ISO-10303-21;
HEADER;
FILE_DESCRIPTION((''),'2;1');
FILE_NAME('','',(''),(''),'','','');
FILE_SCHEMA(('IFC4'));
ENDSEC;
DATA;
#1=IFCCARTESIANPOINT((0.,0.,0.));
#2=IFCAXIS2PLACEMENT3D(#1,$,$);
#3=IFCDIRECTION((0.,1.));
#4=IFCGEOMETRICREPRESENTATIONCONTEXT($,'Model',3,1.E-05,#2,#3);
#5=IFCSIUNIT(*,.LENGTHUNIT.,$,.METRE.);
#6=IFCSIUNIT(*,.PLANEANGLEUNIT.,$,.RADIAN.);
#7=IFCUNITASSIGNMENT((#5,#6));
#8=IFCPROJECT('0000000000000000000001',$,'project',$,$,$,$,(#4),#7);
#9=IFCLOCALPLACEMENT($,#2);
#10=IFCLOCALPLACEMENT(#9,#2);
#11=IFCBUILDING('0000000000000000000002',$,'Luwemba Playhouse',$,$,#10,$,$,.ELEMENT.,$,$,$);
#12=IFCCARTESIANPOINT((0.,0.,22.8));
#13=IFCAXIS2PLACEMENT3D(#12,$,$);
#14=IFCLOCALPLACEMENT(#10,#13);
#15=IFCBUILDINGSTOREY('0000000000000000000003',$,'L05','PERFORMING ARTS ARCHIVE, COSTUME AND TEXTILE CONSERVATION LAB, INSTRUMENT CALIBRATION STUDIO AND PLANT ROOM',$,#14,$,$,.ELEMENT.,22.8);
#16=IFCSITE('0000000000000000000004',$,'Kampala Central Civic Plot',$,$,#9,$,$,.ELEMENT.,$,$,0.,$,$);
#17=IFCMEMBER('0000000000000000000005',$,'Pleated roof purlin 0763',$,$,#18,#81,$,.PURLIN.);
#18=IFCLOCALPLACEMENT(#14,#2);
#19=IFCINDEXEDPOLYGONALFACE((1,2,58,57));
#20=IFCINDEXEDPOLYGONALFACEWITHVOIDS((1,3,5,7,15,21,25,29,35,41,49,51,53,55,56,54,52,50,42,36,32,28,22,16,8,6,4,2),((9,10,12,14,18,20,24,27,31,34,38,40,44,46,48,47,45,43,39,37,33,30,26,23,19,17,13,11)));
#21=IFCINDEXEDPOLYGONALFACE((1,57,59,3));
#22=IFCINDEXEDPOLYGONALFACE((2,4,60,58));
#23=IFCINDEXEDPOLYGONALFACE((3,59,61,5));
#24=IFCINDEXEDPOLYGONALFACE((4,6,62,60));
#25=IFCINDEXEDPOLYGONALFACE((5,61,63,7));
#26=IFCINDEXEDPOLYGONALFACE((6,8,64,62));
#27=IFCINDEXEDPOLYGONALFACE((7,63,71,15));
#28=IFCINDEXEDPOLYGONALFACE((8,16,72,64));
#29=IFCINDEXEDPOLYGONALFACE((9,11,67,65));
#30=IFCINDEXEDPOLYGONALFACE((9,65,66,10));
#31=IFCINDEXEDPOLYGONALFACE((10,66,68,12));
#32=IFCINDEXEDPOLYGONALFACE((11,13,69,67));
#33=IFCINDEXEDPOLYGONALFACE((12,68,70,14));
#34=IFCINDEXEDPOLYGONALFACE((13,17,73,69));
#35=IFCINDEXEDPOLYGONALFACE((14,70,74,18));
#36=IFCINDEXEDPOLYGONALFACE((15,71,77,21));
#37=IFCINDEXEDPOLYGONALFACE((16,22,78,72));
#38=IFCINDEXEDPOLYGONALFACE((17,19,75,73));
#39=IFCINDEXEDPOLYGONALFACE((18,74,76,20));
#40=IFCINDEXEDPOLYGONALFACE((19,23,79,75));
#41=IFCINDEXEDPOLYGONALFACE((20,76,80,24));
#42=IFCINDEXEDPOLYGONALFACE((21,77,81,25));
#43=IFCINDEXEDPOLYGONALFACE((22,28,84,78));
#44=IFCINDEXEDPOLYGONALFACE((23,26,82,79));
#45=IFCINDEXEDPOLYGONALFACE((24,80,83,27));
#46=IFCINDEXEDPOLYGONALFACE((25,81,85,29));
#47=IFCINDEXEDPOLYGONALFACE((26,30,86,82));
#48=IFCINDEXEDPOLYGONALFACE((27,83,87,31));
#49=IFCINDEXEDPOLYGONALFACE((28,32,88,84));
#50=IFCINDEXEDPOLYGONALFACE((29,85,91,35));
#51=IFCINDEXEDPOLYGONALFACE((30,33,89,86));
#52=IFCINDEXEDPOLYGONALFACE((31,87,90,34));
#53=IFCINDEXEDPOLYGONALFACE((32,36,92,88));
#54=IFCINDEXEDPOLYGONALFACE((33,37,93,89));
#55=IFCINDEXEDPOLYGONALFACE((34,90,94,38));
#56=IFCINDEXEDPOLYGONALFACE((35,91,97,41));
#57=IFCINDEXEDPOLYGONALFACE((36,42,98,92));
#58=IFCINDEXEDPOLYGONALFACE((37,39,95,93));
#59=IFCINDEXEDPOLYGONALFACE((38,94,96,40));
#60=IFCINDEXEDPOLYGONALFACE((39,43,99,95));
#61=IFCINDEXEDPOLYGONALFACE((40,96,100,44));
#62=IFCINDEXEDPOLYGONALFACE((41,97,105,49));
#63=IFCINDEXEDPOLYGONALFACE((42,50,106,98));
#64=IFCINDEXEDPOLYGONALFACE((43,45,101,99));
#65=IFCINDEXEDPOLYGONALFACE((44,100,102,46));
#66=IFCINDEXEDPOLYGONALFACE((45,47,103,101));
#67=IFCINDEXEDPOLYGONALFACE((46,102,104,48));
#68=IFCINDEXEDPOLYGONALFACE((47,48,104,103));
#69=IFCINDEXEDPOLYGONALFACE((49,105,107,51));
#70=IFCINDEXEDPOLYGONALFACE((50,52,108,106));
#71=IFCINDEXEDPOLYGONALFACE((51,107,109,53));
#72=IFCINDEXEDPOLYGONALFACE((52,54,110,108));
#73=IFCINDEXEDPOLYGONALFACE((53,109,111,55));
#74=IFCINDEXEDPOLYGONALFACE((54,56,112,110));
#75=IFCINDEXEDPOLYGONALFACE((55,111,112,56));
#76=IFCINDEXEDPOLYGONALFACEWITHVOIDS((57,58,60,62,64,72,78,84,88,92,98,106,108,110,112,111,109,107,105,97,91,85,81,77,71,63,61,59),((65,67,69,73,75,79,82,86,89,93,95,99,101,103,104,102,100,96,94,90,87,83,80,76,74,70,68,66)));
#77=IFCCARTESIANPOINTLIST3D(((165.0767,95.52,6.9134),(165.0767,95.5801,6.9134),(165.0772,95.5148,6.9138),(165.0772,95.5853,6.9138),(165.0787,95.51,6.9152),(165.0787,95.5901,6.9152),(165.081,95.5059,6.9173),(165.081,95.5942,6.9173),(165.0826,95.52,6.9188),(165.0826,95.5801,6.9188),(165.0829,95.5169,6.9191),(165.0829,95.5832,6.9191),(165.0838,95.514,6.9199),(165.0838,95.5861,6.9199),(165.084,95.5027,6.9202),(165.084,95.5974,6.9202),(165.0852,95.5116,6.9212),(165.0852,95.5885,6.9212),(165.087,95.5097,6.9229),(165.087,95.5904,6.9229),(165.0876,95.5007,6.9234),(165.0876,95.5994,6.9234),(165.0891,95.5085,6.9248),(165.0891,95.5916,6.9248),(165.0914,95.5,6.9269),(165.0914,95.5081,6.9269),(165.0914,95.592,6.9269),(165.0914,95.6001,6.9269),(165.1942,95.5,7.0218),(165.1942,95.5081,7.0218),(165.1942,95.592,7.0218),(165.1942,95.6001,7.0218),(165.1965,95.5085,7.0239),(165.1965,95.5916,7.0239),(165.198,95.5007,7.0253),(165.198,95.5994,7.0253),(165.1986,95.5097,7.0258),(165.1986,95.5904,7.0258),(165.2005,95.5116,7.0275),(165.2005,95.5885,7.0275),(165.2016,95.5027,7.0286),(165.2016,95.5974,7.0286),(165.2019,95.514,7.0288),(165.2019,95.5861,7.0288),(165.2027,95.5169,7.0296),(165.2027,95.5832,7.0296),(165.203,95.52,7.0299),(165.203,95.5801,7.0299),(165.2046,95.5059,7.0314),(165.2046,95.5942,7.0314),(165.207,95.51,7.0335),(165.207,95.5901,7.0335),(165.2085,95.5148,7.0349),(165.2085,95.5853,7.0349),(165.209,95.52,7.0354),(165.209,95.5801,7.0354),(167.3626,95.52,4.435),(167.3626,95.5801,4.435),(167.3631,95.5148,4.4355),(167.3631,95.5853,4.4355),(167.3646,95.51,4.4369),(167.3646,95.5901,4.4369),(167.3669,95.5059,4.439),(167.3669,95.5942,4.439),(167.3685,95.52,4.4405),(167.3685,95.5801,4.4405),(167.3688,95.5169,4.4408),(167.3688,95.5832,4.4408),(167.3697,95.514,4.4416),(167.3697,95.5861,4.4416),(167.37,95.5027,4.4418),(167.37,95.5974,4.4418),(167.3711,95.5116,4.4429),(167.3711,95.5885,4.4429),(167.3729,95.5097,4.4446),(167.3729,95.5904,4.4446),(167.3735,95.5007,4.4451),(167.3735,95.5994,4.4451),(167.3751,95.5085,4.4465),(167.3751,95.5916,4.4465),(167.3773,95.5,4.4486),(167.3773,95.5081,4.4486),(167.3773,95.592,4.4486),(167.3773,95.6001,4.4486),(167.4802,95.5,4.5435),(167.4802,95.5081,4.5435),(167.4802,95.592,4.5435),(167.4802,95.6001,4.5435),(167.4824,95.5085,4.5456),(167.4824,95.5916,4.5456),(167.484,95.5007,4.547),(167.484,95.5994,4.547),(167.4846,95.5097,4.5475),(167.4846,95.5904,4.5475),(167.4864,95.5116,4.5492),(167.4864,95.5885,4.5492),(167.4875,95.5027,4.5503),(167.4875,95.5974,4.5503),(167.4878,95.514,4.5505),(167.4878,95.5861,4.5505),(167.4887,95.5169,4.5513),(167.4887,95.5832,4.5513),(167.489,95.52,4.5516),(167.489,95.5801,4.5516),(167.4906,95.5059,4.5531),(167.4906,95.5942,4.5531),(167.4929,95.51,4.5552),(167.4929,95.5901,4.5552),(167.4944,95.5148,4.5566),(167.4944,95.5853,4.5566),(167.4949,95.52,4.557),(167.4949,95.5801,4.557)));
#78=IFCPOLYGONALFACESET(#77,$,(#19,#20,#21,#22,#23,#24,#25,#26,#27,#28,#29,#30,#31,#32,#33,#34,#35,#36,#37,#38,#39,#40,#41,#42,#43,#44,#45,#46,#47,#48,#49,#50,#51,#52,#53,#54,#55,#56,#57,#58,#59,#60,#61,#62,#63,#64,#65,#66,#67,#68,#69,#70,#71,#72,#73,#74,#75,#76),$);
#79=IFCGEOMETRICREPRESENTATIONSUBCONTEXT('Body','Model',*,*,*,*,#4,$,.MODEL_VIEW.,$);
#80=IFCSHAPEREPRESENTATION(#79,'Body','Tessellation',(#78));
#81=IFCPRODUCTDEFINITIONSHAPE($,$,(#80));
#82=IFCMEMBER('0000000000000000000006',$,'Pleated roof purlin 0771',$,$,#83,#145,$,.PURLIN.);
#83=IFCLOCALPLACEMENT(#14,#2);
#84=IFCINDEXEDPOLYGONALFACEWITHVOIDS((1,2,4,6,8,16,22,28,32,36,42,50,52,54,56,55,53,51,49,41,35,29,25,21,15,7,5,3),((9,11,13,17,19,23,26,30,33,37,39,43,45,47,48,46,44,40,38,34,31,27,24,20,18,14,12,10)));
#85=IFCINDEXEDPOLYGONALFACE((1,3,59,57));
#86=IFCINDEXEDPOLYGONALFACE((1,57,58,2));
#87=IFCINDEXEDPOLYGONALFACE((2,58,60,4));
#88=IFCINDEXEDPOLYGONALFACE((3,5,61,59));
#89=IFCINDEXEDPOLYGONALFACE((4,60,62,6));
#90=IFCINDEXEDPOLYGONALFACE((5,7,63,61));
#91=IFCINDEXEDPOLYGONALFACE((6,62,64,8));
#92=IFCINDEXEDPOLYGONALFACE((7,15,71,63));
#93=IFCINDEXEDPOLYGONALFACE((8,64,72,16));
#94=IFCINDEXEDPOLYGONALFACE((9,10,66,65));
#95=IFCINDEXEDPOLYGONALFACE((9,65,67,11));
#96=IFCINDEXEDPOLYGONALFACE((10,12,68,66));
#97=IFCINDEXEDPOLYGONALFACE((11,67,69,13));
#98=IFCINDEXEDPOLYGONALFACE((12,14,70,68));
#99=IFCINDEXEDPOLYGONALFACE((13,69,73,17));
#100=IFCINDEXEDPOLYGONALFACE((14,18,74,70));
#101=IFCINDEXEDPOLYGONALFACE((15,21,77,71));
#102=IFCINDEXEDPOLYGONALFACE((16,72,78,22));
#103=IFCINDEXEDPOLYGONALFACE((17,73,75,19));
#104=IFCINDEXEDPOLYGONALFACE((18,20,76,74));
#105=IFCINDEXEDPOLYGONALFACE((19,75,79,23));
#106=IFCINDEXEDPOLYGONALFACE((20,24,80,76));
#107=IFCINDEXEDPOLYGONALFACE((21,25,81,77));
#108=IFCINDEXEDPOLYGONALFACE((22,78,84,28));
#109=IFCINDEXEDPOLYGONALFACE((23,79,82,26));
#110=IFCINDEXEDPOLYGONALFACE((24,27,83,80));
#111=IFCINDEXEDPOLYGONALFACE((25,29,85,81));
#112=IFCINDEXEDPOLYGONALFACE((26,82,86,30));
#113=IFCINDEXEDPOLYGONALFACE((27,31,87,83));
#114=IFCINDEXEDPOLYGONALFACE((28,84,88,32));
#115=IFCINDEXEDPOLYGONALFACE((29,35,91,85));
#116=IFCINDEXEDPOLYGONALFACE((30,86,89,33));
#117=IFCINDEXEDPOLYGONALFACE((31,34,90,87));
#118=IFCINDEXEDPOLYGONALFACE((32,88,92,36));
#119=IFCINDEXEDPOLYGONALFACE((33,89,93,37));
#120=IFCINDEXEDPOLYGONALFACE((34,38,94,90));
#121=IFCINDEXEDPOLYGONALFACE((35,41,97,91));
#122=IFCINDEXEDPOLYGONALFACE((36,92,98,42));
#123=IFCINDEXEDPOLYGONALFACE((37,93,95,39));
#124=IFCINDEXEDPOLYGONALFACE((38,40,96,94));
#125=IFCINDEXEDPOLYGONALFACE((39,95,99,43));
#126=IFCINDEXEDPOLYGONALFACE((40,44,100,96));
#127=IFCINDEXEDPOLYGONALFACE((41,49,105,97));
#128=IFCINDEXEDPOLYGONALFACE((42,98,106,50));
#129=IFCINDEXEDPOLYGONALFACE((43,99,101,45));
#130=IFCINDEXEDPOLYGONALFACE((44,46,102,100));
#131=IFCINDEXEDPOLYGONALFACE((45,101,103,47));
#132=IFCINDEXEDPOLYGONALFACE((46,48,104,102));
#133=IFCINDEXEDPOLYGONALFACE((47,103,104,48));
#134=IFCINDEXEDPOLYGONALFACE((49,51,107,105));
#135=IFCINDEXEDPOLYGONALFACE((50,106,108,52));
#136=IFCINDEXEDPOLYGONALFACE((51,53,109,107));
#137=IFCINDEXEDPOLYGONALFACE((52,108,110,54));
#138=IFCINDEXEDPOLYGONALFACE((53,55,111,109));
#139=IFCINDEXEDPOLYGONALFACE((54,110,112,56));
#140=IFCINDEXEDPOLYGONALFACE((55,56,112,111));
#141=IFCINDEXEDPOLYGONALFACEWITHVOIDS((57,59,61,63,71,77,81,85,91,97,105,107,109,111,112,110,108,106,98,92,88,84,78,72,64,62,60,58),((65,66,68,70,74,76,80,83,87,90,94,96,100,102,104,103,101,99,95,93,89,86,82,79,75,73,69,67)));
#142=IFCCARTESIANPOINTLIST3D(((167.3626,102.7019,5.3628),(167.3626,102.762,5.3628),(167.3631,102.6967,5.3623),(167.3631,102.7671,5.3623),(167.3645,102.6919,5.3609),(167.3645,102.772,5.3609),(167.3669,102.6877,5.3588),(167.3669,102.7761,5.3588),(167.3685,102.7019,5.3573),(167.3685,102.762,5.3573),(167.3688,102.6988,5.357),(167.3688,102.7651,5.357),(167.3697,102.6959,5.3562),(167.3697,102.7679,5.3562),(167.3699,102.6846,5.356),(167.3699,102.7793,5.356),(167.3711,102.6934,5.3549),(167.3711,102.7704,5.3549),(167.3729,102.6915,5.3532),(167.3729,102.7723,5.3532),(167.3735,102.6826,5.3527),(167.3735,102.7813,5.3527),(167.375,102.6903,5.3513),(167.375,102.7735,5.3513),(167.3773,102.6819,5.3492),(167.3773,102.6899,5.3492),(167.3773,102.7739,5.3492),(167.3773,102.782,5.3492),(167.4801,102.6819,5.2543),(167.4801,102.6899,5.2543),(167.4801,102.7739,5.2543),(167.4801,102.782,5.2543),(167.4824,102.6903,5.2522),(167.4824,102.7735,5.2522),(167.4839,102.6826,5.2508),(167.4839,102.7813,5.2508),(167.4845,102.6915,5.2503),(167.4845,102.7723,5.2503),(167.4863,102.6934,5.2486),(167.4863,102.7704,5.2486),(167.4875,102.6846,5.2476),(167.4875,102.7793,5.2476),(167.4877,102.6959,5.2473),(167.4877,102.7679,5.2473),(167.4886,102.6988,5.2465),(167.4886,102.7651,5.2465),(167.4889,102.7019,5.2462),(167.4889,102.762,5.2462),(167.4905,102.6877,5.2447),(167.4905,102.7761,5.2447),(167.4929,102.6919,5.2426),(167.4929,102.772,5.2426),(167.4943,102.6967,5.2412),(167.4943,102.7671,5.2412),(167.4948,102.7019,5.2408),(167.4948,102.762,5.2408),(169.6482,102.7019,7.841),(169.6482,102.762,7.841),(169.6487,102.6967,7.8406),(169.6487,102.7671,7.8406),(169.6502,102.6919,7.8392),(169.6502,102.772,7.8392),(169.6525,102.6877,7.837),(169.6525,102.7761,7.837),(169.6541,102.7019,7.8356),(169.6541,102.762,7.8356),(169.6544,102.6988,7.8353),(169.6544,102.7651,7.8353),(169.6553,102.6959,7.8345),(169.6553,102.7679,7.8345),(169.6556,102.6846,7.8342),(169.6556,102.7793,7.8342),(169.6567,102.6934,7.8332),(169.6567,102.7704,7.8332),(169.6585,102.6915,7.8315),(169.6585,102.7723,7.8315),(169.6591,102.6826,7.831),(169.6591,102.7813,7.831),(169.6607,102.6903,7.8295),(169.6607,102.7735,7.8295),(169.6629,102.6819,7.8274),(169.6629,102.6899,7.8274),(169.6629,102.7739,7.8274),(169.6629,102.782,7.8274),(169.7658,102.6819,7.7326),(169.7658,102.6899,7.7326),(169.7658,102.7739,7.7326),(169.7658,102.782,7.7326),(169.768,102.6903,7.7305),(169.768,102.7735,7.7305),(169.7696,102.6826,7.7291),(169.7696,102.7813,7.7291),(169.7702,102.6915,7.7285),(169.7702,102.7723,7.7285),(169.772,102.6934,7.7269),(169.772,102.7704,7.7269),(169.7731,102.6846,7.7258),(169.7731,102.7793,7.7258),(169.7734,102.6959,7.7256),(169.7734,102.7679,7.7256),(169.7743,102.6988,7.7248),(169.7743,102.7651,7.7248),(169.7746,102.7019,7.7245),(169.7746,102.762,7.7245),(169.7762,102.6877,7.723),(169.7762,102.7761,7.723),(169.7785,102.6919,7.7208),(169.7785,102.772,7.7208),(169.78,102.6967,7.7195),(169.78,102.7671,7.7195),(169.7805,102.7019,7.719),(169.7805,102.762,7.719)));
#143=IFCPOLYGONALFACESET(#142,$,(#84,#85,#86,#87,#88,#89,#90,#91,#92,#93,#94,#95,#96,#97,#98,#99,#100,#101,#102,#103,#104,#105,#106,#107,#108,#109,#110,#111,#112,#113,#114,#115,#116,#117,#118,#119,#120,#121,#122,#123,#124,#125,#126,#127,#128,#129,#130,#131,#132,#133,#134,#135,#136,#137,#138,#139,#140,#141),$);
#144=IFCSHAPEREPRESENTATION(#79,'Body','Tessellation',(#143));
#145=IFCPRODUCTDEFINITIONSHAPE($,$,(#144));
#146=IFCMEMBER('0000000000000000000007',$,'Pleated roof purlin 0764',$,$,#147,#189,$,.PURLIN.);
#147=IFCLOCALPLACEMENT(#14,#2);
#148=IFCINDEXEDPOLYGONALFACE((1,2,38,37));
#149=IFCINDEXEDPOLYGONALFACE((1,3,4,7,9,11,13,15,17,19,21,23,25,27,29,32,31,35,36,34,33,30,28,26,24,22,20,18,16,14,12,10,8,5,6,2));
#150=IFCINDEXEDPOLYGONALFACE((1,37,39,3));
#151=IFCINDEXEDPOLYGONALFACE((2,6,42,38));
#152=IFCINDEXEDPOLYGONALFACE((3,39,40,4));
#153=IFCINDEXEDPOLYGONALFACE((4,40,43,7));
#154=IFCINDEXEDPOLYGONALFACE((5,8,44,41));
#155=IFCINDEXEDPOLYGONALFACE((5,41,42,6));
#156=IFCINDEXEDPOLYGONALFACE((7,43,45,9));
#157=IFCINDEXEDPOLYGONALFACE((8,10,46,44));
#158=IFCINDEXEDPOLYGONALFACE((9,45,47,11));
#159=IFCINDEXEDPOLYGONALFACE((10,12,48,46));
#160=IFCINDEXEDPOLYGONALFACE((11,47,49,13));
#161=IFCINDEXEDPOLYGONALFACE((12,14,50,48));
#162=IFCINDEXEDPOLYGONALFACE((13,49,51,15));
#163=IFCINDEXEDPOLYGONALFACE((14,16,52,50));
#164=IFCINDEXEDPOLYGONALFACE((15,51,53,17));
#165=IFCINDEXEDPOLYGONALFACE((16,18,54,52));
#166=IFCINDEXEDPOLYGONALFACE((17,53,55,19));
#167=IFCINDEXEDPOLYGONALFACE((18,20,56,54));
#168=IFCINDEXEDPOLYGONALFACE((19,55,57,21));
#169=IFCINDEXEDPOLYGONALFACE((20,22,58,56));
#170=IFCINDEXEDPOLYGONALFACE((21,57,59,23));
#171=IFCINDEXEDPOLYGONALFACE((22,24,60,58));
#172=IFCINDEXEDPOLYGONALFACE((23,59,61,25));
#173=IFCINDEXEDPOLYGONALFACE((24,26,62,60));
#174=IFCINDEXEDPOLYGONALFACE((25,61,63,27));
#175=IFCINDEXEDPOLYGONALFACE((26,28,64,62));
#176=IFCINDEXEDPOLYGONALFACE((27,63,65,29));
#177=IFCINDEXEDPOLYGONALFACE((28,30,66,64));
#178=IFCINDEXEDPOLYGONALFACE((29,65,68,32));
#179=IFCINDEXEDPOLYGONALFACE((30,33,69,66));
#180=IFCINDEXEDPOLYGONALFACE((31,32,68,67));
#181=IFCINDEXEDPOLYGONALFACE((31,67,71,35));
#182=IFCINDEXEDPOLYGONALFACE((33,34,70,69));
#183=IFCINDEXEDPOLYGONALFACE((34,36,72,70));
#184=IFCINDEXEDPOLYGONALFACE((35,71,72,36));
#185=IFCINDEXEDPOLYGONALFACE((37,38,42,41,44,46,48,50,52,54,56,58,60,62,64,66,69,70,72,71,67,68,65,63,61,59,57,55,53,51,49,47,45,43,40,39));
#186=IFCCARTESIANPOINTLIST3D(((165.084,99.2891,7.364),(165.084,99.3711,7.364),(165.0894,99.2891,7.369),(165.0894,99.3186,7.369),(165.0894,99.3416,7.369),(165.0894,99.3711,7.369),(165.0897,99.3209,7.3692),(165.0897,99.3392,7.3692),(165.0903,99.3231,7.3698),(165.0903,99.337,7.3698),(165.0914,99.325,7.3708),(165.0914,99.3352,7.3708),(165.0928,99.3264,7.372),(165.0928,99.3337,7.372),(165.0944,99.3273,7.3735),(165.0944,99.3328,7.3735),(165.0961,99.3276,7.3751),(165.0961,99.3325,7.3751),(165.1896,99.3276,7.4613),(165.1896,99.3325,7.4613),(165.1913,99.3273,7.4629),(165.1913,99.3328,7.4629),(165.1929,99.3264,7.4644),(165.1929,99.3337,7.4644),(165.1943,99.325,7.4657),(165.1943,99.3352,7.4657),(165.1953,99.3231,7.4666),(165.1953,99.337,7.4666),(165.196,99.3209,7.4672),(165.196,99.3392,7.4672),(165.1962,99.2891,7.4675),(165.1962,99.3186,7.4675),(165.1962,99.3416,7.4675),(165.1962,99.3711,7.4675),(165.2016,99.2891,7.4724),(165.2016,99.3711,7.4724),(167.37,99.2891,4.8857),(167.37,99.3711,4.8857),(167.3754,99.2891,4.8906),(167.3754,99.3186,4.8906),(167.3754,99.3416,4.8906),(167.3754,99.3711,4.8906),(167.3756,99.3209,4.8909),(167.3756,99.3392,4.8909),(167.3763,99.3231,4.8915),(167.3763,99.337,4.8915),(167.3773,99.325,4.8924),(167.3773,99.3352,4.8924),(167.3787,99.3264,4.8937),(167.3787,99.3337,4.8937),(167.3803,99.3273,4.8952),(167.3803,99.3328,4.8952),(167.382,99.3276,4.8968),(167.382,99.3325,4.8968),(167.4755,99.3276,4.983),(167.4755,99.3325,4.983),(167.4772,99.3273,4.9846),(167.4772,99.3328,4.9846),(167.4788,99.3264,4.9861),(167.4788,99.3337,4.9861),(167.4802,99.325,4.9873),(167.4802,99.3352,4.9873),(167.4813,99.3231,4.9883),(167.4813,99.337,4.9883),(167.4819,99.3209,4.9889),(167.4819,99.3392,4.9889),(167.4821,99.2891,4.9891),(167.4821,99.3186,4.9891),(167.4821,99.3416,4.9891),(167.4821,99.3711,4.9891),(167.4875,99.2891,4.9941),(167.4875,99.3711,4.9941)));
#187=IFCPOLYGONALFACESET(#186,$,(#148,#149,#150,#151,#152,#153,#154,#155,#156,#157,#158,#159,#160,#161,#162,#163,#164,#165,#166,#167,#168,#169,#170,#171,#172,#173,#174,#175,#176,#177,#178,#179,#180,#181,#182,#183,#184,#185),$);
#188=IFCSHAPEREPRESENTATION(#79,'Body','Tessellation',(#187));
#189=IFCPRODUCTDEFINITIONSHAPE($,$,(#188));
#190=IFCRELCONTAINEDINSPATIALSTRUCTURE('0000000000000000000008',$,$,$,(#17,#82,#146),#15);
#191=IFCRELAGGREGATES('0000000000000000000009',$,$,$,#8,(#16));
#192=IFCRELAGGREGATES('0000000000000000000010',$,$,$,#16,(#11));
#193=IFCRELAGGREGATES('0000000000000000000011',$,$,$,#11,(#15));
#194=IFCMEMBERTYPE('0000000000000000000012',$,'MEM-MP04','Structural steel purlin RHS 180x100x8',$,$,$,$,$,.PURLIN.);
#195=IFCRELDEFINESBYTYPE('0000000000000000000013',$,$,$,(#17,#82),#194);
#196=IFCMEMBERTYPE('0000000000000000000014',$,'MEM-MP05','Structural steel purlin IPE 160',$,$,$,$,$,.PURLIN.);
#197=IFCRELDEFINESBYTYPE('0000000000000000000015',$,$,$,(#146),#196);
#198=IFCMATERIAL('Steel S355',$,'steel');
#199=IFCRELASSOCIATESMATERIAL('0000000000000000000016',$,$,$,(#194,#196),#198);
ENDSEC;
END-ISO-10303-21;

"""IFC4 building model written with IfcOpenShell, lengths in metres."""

from ifc_helpers import new_model, si_unit, direction, frame, origin, origin_2d, place, context, subcontext, project, spatial, hollow_rectangle, i_section, extrude, material, material_profile, profile_set, type_object, element, save


model = new_model("IFC4")

# Units and contexts
model_context = context("Model", 3, precision=1e-05, world=origin(), true_north=direction((0.0, 1.0)))
body_context = subcontext(model_context, "Body", "Model", "MODEL_VIEW")
ifc_project = project(units=[si_unit("LENGTHUNIT", "METRE"), si_unit("PLANEANGLEUNIT", "RADIAN")], contexts=[model_context])

# Site, building, storey
site_placement = place(None, origin())
site = spatial("IfcSite", under=ifc_project, at=site_placement, Name="Kampala Central Civic Plot", CompositionType="ELEMENT", RefElevation=0.0)
building_placement = place(site_placement, origin())
building = spatial("IfcBuilding", under=site, at=building_placement, Name="Luwemba Playhouse", CompositionType="ELEMENT")
storey_placement = place(building_placement, frame((0.0, 0.0, 22.8)))
storey = spatial("IfcBuildingStorey", under=building, at=storey_placement, Name="L05", Description="PERFORMING ARTS ARCHIVE, COSTUME AND TEXTILE CONSERVATION LAB, INSTRUMENT CALIBRATION STUDIO AND PLANT ROOM", CompositionType="ELEMENT", Elevation=22.8)

# Shared definitions
ifc_material_1 = material(Name="Steel S355", Category="steel")

# Members
ifc_material_profile_1 = material_profile(ifc_material_1, hollow_rectangle(XDim=0.1001, YDim=0.1799, WallThickness=0.0081, InnerFilletRadius=0.012, OuterFilletRadius=0.02, at=origin_2d()))
ifc_profile_set_1 = profile_set([ifc_material_profile_1], Name="Steel S355")
member_type_1 = type_object("IfcMemberType", Name="MEM-MP04", Description="Structural steel purlin RHS 180x100x8", PredefinedType="PURLIN", material=ifc_profile_set_1)
member_1_placement = place(storey_placement, frame((165.1428, 95.55, 6.9744), z_axis=(0.678, 0.0, -0.735062), x_axis=(0.0, 1.0, 0.0)))
element("IfcMember", 1, at=member_1_placement, inside=storey, type_object=member_type_1, Name="Pleated roof purlin 0763", PredefinedType="PURLIN", context=body_context, shape_type="SweptSolid", body=[
    extrude(hollow_rectangle(XDim=0.1001, YDim=0.1799, WallThickness=0.0081, InnerFilletRadius=0.012, OuterFilletRadius=0.02, at=origin_2d()), origin(), (0.0, 0.0, 1.0), 3.3716),
])
member_2_placement = place(storey_placement, frame((167.4287, 102.7319, 5.3018), z_axis=(0.677961, 0.0, 0.735098), x_axis=(0.0, 1.0, 0.0)))
element("IfcMember", 2, at=member_2_placement, inside=storey, type_object=member_type_1, Name="Pleated roof purlin 0771", PredefinedType="PURLIN", context=body_context, shape_type="SweptSolid", body=[
    extrude(hollow_rectangle(XDim=0.1001, YDim=0.1799, WallThickness=0.0081, InnerFilletRadius=0.012, OuterFilletRadius=0.02, at=origin_2d()), origin(), (0.0, 0.0, 1.0), 3.3713),
])
ifc_material_profile_2 = material_profile(ifc_material_1, i_section(OverallWidth=0.082, OverallDepth=0.1599, WebThickness=0.0049, FlangeThickness=0.0073, FilletRadius=0.009, at=origin_2d()))
ifc_profile_set_2 = profile_set([ifc_material_profile_2], Name="Steel S355")
member_type_2 = type_object("IfcMemberType", Name="MEM-MP05", Description="Structural steel purlin IPE 160", PredefinedType="PURLIN", material=ifc_profile_set_2)
member_3_placement = place(storey_placement, frame((165.1428, 99.3301, 7.4182), z_axis=(0.678, 0.0, -0.735062), x_axis=(0.0, 1.0, 0.0)))
element("IfcMember", 3, at=member_3_placement, inside=storey, type_object=member_type_2, Name="Pleated roof purlin 0764", PredefinedType="PURLIN", context=body_context, shape_type="SweptSolid", body=[
    extrude(i_section(OverallWidth=0.082, OverallDepth=0.1599, WebThickness=0.0049, FlangeThickness=0.0073, FilletRadius=0.009, at=origin_2d()), origin(), (0.0, 0.0, 1.0), 3.3716),
])

save(model, "model.ifc")
